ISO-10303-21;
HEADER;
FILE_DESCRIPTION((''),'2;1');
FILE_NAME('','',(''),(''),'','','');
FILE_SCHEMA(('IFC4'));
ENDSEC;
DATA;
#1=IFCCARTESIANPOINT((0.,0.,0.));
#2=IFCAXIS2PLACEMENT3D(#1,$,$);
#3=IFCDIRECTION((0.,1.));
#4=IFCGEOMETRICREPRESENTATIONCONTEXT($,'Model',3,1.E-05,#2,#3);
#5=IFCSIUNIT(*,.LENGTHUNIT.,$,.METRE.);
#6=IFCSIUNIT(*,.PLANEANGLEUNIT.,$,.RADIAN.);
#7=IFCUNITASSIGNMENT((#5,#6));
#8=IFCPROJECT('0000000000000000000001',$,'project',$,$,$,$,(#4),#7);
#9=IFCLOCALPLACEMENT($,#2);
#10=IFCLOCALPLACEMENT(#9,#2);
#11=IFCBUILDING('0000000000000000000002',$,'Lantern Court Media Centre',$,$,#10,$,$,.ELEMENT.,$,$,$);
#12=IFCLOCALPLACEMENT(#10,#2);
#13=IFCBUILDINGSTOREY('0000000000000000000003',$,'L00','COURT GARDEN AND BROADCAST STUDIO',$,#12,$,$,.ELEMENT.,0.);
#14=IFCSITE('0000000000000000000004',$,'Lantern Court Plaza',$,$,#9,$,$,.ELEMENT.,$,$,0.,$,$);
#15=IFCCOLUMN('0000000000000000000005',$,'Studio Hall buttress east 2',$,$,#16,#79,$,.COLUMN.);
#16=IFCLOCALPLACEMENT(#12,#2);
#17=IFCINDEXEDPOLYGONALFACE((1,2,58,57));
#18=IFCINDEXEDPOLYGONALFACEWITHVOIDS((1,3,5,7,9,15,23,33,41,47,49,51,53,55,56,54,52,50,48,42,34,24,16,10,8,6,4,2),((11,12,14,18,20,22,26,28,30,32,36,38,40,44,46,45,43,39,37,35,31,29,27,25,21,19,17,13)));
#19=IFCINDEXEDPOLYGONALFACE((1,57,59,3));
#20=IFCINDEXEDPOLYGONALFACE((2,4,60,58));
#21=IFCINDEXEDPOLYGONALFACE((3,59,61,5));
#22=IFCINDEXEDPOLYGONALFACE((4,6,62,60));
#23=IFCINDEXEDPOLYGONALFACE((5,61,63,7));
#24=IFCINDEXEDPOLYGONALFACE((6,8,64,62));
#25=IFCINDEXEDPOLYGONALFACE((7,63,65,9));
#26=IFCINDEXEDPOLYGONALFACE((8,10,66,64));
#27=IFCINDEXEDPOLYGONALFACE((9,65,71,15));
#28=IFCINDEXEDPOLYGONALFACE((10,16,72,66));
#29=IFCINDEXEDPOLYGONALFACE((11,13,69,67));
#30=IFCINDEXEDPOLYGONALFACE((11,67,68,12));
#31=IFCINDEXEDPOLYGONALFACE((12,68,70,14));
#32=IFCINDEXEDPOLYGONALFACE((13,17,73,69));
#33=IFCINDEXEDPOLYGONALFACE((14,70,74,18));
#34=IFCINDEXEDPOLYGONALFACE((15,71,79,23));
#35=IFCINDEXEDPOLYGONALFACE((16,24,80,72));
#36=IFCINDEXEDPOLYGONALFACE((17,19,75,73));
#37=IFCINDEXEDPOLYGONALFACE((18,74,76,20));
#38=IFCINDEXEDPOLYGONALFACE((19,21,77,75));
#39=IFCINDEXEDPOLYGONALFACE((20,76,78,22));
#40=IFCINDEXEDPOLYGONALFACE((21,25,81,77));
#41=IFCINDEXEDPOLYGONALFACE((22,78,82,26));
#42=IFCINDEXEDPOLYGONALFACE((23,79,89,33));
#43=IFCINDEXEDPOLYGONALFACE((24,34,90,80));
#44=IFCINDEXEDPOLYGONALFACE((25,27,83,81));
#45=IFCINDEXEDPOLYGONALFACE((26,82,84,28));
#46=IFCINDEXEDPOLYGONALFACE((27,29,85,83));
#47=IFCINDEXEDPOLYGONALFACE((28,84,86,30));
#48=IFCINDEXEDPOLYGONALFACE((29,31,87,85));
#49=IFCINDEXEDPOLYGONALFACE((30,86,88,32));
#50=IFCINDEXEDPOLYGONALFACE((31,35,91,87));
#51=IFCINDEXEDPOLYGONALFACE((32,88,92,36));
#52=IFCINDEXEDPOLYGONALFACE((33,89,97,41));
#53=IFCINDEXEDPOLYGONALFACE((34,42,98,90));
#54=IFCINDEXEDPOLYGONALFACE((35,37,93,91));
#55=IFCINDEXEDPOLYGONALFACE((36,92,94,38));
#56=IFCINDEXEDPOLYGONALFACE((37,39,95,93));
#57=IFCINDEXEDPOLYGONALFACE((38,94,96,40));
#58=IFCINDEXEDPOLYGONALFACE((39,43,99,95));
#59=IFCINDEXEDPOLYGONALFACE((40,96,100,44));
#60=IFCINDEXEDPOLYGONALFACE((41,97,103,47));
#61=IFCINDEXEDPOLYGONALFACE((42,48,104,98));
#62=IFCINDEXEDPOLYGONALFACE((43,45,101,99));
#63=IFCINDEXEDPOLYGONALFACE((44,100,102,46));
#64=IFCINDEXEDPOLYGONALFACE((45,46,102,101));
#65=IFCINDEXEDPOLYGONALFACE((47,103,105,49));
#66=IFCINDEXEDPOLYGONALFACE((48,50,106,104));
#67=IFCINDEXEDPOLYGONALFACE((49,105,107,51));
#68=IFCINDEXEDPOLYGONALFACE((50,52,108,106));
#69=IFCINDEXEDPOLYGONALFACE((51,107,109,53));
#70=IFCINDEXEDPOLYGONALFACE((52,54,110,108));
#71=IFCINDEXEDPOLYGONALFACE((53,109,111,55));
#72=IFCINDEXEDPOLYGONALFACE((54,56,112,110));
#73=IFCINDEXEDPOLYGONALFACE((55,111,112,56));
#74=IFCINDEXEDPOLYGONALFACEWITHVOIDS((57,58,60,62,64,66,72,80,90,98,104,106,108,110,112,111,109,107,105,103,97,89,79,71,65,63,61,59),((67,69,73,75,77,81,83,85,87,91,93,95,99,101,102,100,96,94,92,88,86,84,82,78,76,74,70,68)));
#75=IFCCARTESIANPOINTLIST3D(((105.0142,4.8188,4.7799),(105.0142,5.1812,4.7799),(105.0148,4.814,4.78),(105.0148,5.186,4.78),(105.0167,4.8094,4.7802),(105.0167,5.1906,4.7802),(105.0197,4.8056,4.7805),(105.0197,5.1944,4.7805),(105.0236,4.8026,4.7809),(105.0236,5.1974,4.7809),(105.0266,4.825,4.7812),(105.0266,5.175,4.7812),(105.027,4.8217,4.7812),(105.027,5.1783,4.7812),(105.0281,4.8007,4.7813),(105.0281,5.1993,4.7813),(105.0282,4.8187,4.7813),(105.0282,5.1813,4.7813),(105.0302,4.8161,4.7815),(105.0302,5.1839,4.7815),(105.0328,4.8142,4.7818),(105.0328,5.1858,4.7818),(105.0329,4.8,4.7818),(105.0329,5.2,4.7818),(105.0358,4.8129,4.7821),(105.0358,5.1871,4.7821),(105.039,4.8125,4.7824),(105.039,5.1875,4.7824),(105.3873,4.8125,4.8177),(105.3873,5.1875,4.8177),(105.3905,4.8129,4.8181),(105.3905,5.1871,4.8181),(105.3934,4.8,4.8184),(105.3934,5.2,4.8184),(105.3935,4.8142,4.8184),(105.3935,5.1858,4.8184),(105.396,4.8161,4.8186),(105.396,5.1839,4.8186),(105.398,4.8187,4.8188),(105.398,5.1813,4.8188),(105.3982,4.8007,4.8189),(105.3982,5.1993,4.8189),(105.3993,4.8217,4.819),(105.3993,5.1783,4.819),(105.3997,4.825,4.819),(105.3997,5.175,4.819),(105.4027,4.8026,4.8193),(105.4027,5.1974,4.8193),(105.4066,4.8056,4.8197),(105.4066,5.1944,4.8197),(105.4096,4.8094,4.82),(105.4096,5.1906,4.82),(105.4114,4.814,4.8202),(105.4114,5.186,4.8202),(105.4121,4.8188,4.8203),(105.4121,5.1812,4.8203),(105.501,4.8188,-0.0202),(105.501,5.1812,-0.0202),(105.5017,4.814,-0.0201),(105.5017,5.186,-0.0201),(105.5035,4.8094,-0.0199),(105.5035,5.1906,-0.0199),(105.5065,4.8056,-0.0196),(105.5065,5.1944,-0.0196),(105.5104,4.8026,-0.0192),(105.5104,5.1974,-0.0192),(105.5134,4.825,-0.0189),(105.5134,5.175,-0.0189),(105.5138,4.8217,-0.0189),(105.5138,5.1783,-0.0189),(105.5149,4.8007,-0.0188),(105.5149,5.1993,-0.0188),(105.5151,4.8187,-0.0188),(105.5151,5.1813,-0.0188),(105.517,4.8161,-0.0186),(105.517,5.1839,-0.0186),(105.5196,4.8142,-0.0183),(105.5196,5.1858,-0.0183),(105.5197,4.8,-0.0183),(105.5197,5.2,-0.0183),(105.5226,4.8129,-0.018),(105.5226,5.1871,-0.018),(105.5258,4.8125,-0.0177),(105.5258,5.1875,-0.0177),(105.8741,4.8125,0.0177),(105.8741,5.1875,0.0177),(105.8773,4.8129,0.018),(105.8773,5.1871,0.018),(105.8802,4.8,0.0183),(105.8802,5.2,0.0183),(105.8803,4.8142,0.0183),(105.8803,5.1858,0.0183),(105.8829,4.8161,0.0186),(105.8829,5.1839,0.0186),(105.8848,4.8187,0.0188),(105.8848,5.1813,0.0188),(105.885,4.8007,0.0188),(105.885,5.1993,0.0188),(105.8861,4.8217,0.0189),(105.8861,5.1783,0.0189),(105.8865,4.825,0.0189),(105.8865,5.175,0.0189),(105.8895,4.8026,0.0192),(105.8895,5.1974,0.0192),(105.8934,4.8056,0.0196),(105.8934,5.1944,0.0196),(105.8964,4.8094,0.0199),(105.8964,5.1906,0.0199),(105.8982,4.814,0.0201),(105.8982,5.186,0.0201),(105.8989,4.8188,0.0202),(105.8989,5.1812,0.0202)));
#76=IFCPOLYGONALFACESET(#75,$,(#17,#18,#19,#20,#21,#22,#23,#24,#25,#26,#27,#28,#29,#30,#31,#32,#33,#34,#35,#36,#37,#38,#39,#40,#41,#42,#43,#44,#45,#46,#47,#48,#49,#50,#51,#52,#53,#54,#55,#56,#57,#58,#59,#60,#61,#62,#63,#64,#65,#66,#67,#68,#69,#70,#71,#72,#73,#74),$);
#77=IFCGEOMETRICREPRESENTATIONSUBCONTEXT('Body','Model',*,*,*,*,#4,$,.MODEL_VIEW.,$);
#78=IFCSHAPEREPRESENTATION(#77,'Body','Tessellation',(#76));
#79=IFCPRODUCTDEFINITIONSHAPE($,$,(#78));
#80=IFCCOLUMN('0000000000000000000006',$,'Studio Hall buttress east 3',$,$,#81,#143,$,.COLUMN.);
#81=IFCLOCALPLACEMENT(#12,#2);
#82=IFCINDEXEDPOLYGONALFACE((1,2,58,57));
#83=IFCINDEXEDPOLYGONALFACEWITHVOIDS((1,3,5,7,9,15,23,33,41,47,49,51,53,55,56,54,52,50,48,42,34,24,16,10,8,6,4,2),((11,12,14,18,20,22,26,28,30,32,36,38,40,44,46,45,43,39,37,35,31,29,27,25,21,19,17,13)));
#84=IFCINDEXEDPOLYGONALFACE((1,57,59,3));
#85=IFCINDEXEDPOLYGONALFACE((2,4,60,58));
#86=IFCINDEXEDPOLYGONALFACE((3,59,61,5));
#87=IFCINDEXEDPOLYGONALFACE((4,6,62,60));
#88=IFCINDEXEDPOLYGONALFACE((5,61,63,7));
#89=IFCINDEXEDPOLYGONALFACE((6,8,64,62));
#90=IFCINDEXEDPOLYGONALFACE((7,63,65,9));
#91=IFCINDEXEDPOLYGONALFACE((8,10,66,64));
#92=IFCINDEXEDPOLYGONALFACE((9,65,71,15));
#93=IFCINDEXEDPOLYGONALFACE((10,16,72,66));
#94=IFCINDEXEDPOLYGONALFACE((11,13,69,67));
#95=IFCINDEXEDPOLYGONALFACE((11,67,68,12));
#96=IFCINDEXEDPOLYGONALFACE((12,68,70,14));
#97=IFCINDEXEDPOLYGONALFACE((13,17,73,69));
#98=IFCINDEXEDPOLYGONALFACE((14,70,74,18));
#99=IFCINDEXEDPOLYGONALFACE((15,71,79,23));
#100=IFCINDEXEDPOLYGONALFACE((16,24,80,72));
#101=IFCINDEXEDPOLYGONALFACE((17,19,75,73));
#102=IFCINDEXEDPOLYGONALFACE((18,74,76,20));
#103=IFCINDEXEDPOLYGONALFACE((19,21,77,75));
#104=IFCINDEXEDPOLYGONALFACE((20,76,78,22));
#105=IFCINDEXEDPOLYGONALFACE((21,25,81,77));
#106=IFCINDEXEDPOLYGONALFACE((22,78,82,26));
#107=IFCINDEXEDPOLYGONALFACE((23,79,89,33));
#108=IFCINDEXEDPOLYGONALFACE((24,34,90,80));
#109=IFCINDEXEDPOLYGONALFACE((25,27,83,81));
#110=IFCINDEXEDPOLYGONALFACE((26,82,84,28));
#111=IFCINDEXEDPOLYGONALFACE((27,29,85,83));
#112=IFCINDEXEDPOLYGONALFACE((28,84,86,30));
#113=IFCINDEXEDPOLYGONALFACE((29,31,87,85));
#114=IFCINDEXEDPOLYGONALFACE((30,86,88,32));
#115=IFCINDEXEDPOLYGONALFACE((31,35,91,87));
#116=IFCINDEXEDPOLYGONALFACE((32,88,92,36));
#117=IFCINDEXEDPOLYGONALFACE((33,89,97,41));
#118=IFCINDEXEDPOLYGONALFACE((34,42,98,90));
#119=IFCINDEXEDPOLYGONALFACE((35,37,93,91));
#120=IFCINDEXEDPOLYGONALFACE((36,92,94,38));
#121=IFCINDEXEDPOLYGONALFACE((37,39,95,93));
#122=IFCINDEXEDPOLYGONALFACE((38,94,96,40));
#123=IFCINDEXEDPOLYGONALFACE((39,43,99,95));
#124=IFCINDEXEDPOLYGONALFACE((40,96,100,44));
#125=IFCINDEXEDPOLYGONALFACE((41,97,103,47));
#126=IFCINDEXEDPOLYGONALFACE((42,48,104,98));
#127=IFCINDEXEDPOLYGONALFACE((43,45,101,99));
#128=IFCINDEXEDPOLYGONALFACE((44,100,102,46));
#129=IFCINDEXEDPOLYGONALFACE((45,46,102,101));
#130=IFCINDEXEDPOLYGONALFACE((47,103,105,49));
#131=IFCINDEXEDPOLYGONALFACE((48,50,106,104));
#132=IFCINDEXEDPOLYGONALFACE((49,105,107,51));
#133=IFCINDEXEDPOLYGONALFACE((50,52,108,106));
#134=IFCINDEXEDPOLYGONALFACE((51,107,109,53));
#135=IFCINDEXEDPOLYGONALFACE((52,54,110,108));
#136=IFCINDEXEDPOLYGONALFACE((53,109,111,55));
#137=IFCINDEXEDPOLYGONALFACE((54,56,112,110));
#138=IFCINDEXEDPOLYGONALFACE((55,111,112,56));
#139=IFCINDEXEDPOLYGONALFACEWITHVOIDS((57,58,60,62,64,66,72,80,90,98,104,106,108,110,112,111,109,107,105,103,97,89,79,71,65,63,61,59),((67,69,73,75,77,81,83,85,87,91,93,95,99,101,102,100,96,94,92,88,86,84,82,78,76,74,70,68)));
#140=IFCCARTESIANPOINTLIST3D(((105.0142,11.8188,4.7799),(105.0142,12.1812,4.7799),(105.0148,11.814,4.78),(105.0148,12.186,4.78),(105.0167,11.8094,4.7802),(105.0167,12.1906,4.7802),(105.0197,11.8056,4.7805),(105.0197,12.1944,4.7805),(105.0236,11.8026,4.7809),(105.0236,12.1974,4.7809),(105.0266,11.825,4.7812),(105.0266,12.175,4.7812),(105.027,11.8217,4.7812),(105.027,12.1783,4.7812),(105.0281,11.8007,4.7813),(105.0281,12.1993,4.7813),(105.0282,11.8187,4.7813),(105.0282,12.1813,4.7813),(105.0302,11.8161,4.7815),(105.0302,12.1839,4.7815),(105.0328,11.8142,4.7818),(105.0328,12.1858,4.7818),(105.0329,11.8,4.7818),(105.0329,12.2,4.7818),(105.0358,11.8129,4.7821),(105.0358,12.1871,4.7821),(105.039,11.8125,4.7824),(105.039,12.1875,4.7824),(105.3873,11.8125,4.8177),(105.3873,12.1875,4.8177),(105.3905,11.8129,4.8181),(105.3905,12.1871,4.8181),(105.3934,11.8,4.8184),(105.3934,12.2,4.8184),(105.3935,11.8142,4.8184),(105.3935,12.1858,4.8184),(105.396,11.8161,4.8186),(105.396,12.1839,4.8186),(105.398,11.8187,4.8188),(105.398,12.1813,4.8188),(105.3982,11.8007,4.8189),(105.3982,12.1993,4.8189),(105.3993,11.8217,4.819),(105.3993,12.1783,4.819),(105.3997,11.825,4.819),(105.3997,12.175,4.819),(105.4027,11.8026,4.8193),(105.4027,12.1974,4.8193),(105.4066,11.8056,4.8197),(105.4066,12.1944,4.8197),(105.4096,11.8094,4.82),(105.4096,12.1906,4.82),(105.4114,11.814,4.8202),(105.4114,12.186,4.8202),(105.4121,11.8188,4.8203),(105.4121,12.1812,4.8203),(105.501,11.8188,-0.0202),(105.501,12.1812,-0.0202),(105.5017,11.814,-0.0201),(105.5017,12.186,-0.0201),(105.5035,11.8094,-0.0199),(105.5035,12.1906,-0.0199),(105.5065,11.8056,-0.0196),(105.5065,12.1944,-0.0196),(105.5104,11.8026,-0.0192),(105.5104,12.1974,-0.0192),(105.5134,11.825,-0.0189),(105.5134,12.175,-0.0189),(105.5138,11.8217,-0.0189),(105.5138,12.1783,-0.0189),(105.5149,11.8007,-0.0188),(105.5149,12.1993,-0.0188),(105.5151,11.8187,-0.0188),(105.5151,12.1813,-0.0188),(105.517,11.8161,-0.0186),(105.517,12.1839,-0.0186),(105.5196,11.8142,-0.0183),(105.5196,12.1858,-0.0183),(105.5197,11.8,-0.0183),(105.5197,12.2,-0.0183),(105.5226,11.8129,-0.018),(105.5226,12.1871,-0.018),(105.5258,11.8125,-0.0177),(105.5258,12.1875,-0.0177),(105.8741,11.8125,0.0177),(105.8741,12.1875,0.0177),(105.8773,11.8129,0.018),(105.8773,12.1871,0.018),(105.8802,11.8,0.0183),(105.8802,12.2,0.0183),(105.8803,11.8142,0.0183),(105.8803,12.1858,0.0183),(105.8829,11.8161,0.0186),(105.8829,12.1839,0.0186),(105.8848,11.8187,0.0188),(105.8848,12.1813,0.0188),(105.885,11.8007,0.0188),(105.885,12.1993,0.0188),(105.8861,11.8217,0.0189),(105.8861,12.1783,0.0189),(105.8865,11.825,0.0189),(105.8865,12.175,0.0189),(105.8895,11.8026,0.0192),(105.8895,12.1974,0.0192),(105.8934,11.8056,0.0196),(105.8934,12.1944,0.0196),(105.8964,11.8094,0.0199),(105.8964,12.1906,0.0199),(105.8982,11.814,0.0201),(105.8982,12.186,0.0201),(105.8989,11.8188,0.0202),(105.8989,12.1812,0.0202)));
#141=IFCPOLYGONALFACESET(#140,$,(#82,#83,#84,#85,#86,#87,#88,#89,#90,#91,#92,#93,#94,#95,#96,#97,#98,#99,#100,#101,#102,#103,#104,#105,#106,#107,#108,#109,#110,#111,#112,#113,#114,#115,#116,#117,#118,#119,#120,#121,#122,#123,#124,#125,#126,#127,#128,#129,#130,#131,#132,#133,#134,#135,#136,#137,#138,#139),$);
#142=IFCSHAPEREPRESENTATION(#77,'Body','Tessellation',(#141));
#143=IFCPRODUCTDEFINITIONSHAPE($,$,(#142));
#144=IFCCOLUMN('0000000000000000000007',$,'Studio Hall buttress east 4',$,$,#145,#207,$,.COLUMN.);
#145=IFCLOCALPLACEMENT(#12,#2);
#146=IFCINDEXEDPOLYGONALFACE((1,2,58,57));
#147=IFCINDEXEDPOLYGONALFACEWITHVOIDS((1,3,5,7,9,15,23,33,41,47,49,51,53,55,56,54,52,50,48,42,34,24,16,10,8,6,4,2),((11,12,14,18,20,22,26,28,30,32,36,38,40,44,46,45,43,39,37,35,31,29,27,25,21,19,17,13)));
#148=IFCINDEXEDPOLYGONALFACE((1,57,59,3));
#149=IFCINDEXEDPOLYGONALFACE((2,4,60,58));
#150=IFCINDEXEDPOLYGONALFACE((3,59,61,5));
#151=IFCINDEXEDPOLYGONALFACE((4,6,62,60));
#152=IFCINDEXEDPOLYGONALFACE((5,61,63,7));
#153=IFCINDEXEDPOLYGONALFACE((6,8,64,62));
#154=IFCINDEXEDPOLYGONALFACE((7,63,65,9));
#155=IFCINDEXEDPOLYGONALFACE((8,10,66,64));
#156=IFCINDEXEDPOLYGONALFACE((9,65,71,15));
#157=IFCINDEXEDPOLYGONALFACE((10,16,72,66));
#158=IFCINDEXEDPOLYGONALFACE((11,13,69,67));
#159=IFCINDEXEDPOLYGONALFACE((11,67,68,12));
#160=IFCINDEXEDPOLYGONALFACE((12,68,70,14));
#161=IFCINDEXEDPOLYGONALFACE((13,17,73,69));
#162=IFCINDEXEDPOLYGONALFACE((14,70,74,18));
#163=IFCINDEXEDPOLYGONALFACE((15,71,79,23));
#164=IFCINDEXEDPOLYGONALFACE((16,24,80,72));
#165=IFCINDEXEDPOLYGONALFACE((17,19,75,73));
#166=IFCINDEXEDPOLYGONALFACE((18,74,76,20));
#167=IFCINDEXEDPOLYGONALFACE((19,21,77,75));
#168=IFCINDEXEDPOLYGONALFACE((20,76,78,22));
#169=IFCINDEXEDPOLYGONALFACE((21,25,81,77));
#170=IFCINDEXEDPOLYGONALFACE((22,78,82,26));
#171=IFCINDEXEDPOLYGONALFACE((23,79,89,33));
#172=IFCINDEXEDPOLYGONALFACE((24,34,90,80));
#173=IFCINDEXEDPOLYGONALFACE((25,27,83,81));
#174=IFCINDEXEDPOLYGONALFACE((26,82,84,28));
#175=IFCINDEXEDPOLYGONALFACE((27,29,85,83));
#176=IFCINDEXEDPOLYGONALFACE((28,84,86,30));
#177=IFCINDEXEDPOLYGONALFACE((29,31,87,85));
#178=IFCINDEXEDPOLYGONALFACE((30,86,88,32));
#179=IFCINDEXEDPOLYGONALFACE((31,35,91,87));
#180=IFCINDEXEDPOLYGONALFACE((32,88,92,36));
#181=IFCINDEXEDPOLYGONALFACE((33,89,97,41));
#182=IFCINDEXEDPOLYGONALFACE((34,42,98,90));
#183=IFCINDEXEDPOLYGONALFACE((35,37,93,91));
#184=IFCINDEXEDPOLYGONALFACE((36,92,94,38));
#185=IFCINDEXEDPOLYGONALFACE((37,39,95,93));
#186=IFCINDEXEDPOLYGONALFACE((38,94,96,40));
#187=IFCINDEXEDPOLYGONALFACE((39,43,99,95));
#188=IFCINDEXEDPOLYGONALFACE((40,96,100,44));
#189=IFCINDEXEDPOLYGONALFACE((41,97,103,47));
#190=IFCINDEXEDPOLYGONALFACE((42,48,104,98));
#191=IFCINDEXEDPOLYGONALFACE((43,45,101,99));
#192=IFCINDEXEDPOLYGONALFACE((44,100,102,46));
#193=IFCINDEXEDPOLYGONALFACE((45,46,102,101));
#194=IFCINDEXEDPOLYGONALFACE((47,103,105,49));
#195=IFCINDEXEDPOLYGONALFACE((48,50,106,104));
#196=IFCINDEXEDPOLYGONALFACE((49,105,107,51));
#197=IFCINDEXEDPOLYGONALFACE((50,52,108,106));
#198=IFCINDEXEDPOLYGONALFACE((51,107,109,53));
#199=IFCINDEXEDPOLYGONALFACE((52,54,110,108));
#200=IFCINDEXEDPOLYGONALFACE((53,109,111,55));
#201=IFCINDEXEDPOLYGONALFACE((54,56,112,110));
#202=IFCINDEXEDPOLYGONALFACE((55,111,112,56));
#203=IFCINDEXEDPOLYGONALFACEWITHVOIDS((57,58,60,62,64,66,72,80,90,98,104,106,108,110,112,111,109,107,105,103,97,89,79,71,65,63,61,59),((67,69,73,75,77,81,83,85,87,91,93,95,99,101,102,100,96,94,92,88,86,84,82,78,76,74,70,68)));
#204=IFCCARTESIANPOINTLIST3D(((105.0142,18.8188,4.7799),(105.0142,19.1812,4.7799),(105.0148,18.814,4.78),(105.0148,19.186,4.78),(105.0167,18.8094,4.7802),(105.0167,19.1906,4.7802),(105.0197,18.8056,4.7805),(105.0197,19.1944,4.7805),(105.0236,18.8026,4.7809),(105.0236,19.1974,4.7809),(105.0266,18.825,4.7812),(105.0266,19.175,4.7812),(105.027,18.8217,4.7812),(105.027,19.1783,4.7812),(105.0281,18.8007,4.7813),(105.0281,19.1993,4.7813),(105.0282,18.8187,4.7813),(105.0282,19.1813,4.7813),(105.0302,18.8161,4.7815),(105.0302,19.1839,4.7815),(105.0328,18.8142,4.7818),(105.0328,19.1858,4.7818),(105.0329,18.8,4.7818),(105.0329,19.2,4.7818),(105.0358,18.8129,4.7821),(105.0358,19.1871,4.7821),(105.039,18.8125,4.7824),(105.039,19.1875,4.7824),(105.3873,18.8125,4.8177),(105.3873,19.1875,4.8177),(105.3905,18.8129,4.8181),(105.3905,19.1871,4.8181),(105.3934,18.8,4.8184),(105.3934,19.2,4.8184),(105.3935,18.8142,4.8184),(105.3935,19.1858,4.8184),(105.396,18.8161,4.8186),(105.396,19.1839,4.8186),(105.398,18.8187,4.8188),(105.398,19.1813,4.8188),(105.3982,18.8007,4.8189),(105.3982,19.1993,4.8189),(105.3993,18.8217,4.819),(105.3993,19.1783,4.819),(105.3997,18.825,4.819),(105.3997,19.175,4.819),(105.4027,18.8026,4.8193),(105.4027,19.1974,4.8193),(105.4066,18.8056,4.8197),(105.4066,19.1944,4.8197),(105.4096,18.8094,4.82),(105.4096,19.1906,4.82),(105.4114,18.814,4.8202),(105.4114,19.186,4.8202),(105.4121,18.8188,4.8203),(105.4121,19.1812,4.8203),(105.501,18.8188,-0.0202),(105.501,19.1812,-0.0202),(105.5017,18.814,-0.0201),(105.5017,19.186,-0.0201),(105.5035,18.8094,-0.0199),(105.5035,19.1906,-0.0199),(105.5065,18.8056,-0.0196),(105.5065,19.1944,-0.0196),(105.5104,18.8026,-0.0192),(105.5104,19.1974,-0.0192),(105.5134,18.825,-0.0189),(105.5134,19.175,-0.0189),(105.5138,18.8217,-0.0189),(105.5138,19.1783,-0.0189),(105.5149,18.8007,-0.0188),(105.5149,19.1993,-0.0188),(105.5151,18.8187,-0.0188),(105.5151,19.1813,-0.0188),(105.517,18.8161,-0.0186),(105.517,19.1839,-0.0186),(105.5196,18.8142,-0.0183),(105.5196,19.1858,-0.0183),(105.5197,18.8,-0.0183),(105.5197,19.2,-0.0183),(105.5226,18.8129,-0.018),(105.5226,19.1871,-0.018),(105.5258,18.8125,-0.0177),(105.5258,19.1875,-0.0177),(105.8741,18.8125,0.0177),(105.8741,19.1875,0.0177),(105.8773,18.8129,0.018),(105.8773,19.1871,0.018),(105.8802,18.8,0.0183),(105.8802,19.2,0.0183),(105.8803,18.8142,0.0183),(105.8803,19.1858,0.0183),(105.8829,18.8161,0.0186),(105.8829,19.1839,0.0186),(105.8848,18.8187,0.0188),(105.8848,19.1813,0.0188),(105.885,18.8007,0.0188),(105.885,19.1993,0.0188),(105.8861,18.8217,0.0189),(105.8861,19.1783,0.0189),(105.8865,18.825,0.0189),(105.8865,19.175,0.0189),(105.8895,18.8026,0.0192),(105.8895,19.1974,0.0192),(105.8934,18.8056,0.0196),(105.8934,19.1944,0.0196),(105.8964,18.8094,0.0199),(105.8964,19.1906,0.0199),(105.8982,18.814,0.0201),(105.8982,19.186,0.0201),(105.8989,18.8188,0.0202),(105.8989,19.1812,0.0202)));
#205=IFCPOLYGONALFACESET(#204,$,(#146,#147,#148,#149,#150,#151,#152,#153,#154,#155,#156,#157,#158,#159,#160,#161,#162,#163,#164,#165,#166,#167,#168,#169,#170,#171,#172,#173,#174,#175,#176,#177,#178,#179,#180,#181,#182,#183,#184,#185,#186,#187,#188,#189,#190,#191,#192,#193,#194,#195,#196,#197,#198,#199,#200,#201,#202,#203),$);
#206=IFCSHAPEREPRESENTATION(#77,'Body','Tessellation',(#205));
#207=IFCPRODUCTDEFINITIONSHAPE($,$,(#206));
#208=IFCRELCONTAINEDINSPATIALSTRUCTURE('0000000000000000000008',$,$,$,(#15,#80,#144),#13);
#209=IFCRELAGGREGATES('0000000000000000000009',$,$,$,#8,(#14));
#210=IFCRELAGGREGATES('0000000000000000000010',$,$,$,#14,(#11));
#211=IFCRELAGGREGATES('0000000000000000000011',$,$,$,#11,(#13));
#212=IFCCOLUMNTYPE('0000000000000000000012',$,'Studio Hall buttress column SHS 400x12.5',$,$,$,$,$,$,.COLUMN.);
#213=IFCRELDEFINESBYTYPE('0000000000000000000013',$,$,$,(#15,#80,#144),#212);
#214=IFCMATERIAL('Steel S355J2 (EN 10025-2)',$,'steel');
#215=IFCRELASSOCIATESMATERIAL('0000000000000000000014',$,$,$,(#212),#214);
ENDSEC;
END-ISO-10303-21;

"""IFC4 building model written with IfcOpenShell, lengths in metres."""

from ifc_helpers import new_model, si_unit, direction, frame, origin, origin_2d, place, context, subcontext, project, spatial, hollow_rectangle, extrude, material, material_profile, profile_set, type_object, element, save


model = new_model("IFC4")

# Units and contexts
model_context = context("Model", 3, precision=1e-05, world=origin(), true_north=direction((0.0, 1.0)))
body_context = subcontext(model_context, "Body", "Model", "MODEL_VIEW")
ifc_project = project(units=[si_unit("LENGTHUNIT", "METRE"), si_unit("PLANEANGLEUNIT", "RADIAN")], contexts=[model_context])

# Site, building, storey
site_placement = place(None, origin())
site = spatial("IfcSite", under=ifc_project, at=site_placement, Name="Lantern Court Plaza", CompositionType="ELEMENT", RefElevation=0.0)
building_placement = place(site_placement, origin())
building = spatial("IfcBuilding", under=site, at=building_placement, Name="Lantern Court Media Centre", CompositionType="ELEMENT")
storey_placement = place(building_placement, origin())
storey = spatial("IfcBuildingStorey", under=building, at=storey_placement, Name="L00", Description="COURT GARDEN AND BROADCAST STUDIO", CompositionType="ELEMENT", Elevation=0.0)

# Columns
ifc_material_1 = material(Name="Steel S355J2 (EN 10025-2)", Category="steel")
ifc_material_profile_1 = material_profile(ifc_material_1, hollow_rectangle(XDim=0.3999, YDim=0.3999, WallThickness=0.0125, InnerFilletRadius=0.0125, OuterFilletRadius=0.0188, at=origin_2d()), Name="Studio Hall buttress column SHS 400x12.5")
ifc_profile_set_1 = profile_set([ifc_material_profile_1], Name="Steel S355J2 (EN 10025-2)")
column_type_1 = type_object("IfcColumnType", Name="Studio Hall buttress column SHS 400x12.5", PredefinedType="COLUMN", material=ifc_profile_set_1)
for number, where, z_axis, x_axis, name in (
    (1, (105.7, 5.0, 0.0), (-0.100901, 0.0, 0.994896), (0.0, -1.0, 0.0), "Studio Hall buttress east 2"),
    (2, (105.7, 12.0, 0.0), (-0.100901, 0.0, 0.994896), (0.0, -1.0, 0.0), "Studio Hall buttress east 3"),
    (3, (105.7, 19.0, 0.0), (-0.100901, 0.0, 0.994896), (0.0, -1.0, 0.0), "Studio Hall buttress east 4"),
):
    element("IfcColumn", number, at=place(storey_placement, frame(where, z_axis=z_axis, x_axis=x_axis)), inside=storey, type_object=column_type_1, Name=name, PredefinedType="COLUMN", context=body_context, shape_type="SweptSolid", body=[
        extrude(hollow_rectangle(XDim=0.3999, YDim=0.3999, WallThickness=0.0125, InnerFilletRadius=0.0125, OuterFilletRadius=0.0188, at=origin_2d()), origin(), (0.0, 0.0, 1.0), 4.8247),
    ])

save(model, "model.ifc")
